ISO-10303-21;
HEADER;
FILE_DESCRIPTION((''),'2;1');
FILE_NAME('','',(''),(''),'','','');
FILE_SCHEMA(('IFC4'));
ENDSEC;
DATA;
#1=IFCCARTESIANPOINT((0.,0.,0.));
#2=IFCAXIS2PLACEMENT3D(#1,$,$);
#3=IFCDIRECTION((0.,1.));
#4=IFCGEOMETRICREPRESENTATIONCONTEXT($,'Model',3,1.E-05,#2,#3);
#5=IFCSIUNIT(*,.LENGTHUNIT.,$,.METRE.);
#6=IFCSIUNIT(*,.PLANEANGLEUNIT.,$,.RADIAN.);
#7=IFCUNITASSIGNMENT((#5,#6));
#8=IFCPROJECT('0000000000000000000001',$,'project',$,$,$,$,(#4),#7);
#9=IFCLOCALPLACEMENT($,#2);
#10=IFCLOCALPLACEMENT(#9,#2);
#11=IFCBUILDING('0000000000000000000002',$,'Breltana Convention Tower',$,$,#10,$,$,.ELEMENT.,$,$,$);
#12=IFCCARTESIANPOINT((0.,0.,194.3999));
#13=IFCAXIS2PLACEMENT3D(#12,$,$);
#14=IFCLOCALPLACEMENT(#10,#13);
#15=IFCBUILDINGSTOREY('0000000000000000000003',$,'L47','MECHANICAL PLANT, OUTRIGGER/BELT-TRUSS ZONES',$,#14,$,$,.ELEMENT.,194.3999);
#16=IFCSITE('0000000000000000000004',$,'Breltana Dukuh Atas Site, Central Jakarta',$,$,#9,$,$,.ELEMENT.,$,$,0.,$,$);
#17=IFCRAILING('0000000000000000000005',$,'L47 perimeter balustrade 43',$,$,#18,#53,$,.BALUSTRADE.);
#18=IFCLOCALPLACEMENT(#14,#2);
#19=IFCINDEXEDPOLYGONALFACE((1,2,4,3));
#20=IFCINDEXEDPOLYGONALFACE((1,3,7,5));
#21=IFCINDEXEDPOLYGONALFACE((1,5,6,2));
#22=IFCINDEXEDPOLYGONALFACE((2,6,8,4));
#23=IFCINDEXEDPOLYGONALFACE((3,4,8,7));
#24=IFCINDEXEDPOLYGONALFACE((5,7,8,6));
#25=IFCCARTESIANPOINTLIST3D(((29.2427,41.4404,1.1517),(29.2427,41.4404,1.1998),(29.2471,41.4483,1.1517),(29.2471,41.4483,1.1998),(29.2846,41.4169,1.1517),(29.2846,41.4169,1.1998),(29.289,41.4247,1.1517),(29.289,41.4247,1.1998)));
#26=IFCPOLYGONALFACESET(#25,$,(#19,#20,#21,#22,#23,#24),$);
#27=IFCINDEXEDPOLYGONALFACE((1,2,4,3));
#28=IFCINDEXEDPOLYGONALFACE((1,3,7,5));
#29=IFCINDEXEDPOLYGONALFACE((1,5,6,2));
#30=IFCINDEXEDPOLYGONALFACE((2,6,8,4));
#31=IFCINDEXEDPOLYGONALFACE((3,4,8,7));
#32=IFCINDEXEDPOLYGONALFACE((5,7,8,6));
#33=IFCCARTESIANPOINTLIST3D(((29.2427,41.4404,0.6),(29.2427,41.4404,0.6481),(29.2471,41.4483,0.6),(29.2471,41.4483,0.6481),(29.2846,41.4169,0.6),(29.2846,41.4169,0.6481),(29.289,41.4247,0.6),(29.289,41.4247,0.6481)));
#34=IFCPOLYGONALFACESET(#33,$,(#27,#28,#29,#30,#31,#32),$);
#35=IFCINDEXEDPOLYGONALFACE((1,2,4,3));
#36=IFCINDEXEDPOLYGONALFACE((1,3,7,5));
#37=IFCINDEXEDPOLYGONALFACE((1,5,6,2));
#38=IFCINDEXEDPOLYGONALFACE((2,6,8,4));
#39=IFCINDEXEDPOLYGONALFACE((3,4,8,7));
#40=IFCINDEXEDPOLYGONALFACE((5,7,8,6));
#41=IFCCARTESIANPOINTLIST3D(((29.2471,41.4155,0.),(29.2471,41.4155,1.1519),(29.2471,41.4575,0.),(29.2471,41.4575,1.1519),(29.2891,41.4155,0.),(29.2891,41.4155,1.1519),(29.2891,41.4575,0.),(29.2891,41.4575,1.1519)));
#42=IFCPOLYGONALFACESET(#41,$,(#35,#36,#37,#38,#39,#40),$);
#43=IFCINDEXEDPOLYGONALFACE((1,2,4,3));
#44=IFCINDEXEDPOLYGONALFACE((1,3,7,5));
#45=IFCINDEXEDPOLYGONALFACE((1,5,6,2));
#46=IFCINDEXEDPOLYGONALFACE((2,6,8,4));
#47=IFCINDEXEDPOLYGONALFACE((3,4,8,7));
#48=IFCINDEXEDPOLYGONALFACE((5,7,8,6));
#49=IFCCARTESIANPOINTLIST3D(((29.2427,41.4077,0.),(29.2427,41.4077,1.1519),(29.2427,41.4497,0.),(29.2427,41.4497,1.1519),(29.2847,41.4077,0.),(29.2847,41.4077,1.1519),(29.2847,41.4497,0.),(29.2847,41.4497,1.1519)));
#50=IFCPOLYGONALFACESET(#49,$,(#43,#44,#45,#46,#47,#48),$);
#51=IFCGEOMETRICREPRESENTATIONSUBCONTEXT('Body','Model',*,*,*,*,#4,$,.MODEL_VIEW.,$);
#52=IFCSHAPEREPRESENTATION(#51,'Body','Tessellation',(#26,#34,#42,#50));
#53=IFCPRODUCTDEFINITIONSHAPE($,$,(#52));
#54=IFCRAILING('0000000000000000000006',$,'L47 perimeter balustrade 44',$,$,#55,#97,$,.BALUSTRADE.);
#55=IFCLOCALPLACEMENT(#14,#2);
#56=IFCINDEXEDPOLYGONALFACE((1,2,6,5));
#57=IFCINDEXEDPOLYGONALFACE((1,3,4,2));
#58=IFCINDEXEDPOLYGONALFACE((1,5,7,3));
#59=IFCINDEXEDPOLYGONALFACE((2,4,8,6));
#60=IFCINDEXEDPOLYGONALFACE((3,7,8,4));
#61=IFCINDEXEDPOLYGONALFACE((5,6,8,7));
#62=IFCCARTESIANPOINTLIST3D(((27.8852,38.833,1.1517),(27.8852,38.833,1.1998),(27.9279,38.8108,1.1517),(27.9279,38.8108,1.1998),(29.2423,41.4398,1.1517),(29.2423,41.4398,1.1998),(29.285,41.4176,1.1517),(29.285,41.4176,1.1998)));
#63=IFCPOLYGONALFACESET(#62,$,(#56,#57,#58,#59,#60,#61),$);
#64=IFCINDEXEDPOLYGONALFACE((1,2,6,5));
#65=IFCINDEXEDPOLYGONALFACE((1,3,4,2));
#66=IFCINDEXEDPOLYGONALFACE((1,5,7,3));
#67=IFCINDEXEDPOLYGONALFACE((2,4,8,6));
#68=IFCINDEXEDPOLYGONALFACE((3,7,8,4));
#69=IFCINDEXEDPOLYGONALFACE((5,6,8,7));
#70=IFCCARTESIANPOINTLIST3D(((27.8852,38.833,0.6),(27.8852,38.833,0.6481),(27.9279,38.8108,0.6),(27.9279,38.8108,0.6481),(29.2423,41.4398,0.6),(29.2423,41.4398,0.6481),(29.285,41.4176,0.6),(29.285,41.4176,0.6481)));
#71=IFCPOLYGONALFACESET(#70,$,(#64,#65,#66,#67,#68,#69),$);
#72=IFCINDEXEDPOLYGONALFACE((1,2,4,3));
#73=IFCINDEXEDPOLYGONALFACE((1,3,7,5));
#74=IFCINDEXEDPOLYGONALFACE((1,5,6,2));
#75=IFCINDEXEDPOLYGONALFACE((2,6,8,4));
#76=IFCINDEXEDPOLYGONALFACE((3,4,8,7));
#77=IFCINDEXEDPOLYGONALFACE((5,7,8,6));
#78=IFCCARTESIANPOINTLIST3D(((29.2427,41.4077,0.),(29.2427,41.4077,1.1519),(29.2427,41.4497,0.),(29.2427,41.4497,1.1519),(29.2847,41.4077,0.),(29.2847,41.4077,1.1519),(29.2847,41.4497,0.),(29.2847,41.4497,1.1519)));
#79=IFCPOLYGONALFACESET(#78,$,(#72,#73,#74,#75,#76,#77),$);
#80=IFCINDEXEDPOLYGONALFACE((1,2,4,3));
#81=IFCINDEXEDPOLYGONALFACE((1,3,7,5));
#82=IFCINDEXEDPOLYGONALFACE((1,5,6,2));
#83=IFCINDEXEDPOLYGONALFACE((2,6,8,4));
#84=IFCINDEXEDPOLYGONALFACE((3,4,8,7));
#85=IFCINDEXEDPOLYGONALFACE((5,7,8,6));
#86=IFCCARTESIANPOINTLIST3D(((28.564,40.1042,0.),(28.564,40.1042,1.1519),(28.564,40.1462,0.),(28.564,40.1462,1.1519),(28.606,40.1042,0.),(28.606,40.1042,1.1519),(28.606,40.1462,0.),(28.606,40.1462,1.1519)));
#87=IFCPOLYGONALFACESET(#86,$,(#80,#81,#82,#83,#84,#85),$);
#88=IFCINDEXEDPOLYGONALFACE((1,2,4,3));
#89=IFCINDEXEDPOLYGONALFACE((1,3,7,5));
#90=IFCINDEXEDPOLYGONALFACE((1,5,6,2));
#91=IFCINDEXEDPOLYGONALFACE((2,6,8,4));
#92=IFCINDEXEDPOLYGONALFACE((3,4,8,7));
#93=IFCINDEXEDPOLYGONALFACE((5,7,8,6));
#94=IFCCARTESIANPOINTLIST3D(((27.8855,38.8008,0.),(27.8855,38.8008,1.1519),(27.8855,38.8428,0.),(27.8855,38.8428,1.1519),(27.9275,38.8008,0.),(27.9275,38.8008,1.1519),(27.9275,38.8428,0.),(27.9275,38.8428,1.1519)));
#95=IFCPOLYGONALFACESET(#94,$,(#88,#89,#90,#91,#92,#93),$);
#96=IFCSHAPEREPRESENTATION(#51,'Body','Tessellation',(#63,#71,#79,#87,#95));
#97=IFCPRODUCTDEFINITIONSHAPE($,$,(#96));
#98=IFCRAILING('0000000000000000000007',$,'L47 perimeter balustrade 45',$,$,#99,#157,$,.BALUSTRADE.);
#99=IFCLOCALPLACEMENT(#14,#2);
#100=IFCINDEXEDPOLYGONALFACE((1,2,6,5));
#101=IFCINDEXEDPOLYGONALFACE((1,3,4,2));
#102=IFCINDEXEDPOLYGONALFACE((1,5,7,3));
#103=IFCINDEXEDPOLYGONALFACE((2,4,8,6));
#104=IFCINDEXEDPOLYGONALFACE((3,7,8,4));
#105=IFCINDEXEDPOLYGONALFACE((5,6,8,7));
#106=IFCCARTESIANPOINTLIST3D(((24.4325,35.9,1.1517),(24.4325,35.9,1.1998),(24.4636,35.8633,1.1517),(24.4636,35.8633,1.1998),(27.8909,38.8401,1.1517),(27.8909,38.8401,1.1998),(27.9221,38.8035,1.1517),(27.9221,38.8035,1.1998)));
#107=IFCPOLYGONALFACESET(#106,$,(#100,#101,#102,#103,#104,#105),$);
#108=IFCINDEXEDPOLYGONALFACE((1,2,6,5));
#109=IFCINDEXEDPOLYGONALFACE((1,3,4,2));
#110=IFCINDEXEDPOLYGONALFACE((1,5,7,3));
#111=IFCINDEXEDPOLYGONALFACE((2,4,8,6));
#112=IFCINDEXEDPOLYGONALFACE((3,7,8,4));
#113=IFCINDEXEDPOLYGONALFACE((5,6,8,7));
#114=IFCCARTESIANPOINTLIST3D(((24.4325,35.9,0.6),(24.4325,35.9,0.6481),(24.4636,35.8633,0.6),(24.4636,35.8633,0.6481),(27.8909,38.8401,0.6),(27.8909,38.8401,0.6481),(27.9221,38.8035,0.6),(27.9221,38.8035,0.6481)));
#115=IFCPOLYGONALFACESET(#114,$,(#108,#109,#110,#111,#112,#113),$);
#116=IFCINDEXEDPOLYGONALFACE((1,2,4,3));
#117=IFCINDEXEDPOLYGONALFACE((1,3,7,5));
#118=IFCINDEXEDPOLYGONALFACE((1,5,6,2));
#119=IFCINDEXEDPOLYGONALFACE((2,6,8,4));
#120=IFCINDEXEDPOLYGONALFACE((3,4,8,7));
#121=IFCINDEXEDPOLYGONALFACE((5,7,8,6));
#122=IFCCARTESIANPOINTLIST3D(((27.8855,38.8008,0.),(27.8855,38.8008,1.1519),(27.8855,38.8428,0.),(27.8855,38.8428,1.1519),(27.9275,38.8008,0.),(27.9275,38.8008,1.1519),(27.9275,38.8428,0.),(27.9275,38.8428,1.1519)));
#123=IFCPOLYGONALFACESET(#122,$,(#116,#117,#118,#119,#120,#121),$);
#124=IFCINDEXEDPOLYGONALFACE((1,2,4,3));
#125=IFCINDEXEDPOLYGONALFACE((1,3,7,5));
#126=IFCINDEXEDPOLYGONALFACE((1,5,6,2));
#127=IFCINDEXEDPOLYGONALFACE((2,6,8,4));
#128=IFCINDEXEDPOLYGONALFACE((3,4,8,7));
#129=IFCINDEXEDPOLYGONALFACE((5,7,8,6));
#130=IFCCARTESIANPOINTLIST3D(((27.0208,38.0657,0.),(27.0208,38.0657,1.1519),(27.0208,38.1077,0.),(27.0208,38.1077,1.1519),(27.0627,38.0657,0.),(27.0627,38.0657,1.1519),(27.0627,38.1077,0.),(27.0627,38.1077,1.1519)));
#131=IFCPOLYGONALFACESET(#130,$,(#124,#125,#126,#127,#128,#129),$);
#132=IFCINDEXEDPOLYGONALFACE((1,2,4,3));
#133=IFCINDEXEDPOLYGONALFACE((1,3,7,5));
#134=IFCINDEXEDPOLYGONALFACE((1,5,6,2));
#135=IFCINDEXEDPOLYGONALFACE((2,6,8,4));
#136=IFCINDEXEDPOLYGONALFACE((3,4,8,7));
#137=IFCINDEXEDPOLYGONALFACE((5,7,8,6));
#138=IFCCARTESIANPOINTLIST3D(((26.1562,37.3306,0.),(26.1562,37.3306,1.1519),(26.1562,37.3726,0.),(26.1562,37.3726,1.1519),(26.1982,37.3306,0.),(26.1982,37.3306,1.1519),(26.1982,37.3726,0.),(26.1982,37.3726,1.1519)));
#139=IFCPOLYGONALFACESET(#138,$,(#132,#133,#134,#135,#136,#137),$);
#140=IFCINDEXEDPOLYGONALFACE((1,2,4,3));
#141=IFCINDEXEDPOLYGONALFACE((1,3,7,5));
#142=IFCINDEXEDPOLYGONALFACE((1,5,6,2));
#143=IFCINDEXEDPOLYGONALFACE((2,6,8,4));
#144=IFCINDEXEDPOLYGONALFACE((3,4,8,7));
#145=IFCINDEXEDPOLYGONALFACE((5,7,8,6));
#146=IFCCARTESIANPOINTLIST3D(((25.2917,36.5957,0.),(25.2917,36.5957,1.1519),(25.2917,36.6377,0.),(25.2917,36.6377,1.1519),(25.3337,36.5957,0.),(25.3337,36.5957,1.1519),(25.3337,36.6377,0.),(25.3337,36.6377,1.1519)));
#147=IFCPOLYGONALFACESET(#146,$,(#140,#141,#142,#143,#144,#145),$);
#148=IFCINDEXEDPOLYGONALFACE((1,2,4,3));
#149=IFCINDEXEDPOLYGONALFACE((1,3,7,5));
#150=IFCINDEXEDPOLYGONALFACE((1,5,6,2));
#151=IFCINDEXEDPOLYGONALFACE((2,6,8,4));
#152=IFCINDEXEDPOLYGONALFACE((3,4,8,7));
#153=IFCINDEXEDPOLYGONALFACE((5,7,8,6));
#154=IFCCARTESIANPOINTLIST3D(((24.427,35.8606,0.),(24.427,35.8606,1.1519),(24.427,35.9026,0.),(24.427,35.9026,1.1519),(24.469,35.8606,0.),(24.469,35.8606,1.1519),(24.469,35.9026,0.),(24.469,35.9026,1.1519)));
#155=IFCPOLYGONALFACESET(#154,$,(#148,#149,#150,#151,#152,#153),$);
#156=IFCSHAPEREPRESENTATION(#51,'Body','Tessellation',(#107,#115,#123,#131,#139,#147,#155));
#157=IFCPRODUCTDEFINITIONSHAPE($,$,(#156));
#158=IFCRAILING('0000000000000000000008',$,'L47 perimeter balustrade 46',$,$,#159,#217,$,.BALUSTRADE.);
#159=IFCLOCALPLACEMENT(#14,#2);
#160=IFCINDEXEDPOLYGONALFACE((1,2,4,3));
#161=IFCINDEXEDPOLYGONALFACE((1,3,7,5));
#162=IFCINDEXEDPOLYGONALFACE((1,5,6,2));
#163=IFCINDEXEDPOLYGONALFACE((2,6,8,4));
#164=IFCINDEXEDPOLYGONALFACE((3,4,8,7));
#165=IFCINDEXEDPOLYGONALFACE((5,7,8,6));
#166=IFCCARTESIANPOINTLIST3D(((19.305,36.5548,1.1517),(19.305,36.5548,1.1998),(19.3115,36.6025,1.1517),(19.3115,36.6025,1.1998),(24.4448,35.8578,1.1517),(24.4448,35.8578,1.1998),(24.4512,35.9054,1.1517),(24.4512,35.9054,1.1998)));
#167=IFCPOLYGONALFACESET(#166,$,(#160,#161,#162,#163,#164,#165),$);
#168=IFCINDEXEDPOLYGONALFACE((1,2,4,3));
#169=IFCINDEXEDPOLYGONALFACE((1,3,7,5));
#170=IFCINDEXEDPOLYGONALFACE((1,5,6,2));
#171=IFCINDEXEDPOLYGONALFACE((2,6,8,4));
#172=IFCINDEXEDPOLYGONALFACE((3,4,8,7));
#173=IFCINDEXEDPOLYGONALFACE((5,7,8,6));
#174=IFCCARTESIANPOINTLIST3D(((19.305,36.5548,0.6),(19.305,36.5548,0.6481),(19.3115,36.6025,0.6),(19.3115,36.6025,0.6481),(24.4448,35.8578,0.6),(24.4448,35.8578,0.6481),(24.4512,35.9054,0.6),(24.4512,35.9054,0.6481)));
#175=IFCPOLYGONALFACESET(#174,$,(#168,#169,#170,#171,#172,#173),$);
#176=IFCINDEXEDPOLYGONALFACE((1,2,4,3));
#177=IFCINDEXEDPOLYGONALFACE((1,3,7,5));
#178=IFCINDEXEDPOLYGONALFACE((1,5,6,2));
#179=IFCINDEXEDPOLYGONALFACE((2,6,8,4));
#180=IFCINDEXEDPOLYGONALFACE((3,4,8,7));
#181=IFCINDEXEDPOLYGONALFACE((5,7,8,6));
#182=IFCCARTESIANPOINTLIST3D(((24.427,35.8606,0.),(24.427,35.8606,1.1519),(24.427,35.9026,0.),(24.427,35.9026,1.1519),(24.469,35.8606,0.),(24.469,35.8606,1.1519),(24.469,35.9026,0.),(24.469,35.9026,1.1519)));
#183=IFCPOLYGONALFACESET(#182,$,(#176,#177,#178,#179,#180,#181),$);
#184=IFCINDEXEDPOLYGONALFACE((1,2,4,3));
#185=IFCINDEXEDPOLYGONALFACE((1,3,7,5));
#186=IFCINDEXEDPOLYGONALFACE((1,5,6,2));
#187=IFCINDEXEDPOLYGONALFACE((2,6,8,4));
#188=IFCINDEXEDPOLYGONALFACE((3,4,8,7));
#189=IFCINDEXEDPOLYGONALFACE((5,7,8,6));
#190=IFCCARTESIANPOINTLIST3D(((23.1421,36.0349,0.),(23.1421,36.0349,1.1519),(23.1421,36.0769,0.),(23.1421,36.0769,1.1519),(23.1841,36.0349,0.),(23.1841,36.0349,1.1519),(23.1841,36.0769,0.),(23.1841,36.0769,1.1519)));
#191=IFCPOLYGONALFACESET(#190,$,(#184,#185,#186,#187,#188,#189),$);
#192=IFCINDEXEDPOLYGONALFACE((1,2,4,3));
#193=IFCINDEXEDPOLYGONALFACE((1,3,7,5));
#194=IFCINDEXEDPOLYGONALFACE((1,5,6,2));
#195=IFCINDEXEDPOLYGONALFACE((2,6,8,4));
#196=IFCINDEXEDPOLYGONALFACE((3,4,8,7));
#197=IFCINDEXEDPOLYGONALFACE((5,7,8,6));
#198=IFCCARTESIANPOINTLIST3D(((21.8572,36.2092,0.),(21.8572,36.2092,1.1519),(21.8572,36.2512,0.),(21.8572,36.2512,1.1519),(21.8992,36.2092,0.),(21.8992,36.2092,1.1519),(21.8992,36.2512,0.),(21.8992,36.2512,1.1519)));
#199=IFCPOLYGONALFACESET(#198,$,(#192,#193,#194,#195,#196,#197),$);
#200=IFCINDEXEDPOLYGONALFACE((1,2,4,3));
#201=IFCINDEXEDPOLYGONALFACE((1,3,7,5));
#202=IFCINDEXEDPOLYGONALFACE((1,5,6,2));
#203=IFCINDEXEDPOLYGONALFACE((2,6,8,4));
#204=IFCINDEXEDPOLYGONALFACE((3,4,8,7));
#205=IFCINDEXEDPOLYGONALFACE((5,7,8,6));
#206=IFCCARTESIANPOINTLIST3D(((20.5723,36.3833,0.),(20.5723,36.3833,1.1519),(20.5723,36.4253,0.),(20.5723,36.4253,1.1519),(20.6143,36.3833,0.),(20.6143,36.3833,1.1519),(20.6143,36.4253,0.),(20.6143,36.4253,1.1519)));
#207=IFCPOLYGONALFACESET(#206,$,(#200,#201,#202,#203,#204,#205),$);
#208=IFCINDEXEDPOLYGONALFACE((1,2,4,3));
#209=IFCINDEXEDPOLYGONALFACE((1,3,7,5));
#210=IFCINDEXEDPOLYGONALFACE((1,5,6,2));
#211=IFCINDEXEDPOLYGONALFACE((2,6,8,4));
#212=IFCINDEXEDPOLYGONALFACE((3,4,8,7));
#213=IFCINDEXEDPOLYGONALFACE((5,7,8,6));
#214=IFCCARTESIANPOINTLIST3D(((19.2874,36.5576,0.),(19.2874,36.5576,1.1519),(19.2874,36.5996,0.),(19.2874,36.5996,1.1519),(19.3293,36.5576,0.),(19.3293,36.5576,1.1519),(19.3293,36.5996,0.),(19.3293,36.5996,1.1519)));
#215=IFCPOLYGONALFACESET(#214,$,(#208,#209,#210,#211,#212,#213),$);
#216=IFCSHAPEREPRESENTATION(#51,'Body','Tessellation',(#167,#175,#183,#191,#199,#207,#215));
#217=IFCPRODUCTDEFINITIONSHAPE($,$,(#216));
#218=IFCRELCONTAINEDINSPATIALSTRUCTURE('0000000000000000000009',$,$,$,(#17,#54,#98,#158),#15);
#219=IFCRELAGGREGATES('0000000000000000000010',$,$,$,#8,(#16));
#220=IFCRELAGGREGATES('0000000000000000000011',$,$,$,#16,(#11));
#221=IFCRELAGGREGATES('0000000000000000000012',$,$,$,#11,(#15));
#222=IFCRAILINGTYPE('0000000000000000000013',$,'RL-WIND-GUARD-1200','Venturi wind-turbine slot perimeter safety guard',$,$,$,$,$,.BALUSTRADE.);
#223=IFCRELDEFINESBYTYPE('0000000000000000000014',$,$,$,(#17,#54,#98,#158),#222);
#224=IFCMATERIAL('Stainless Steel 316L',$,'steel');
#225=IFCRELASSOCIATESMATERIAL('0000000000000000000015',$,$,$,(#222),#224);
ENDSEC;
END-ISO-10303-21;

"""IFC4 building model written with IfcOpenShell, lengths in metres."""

from ifc_helpers import new_model, si_unit, direction, frame, origin, origin_2d, place, context, subcontext, project, spatial, rectangle, extrude, material, type_object, element, save


model = new_model("IFC4")

# Units and contexts
model_context = context("Model", 3, precision=1e-05, world=origin(), true_north=direction((0.0, 1.0)))
body_context = subcontext(model_context, "Body", "Model", "MODEL_VIEW")
ifc_project = project(units=[si_unit("LENGTHUNIT", "METRE"), si_unit("PLANEANGLEUNIT", "RADIAN")], contexts=[model_context])

# Site, building, storey
site_placement = place(None, origin())
site = spatial("IfcSite", under=ifc_project, at=site_placement, Name="Breltana Dukuh Atas Site, Central Jakarta", CompositionType="ELEMENT", RefElevation=0.0)
building_placement = place(site_placement, origin())
building = spatial("IfcBuilding", under=site, at=building_placement, Name="Breltana Convention Tower", CompositionType="ELEMENT")
storey_placement = place(building_placement, frame((0.0, 0.0, 194.3999)))
storey = spatial("IfcBuildingStorey", under=building, at=storey_placement, Name="L47", Description="MECHANICAL PLANT, OUTRIGGER/BELT-TRUSS ZONES", CompositionType="ELEMENT", Elevation=194.3999)

# Railings
ifc_material_1 = material(Name="Stainless Steel 316L", Category="steel")
railing_type = type_object("IfcRailingType", Name="RL-WIND-GUARD-1200", Description="Venturi wind-turbine slot perimeter safety guard", PredefinedType="BALUSTRADE", material=ifc_material_1)
railing_1_placement = place(storey_placement, frame((29.2681, 41.4365, 0.0)))
element("IfcRailing", 1, at=railing_1_placement, inside=storey, type_object=railing_type, Name="L47 perimeter balustrade 43", PredefinedType="BALUSTRADE", context=body_context, shape_type="SweptSolid", body=[
    extrude(rectangle(XDim=0.0481, YDim=0.0481, at=origin_2d()), frame((0.0, 0.0, 1.1758), z_axis=(-0.490261, -0.871576, 0.0), x_axis=(0.871576, -0.490261, 0.0)), (0.0, 0.0, 1.0), 0.009),
    extrude(rectangle(XDim=0.0481, YDim=0.0481, at=origin_2d()), frame((0.0, 0.0, 0.624), z_axis=(-0.490261, -0.871576, 0.0), x_axis=(0.871576, -0.490261, 0.0)), (0.0, 0.0, 1.0), 0.009),
    extrude(rectangle(XDim=0.042, YDim=0.042, at=origin_2d()), origin(), (0.0, 0.0, 1.0), 1.1519),
    extrude(rectangle(XDim=0.042, YDim=0.042, at=origin_2d()), frame((-0.0044, -0.0078, 0.0)), (0.0, 0.0, 1.0), 1.1519),
])
railing_2_placement = place(storey_placement, frame((29.2637, 41.4287, 0.0)))
element("IfcRailing", 2, at=railing_2_placement, inside=storey, type_object=railing_type, Name="L47 perimeter balustrade 44", PredefinedType="BALUSTRADE", context=body_context, shape_type="SweptSolid", body=[
    extrude(rectangle(XDim=0.0481, YDim=0.0481, at=origin_2d()), frame((0.0, 0.0, 1.1758), z_axis=(-0.461774, -0.886998, 0.0), x_axis=(0.886998, -0.461774, 0.0)), (0.0, 0.0, 1.0), 2.939),
    extrude(rectangle(XDim=0.0481, YDim=0.0481, at=origin_2d()), frame((0.0, 0.0, 0.624), z_axis=(-0.461774, -0.886998, 0.0), x_axis=(0.886998, -0.461774, 0.0)), (0.0, 0.0, 1.0), 2.939),
    extrude(rectangle(XDim=0.042, YDim=0.042, at=origin_2d()), origin(), (0.0, 0.0, 1.0), 1.1519),
    extrude(rectangle(XDim=0.042, YDim=0.042, at=origin_2d()), frame((-0.6787, -1.3035, 0.0)), (0.0, 0.0, 1.0), 1.1519),
    extrude(rectangle(XDim=0.042, YDim=0.042, at=origin_2d()), frame((-1.3572, -2.6069, 0.0)), (0.0, 0.0, 1.0), 1.1519),
])
railing_3_placement = place(storey_placement, frame((27.9065, 38.8218, 0.0)))
element("IfcRailing", 3, at=railing_3_placement, inside=storey, type_object=railing_type, Name="L47 perimeter balustrade 45", PredefinedType="BALUSTRADE", context=body_context, shape_type="SweptSolid", body=[
    extrude(rectangle(XDim=0.0481, YDim=0.0481, at=origin_2d()), frame((0.0, 0.0, 1.1758), z_axis=(-0.761889, -0.647708, 0.0), x_axis=(0.647708, -0.761889, 0.0)), (0.0, 0.0, 1.0), 4.5393),
    extrude(rectangle(XDim=0.0481, YDim=0.0481, at=origin_2d()), frame((0.0, 0.0, 0.624), z_axis=(-0.761889, -0.647708, 0.0), x_axis=(0.647708, -0.761889, 0.0)), (0.0, 0.0, 1.0), 4.5393),
    extrude(rectangle(XDim=0.042, YDim=0.042, at=origin_2d()), origin(), (0.0, 0.0, 1.0), 1.1519),
    extrude(rectangle(XDim=0.042, YDim=0.042, at=origin_2d()), frame((-0.8647, -0.7351, 0.0)), (0.0, 0.0, 1.0), 1.1519),
    extrude(rectangle(XDim=0.042, YDim=0.042, at=origin_2d()), frame((-1.7292, -1.4702, 0.0)), (0.0, 0.0, 1.0), 1.1519),
    extrude(rectangle(XDim=0.042, YDim=0.042, at=origin_2d()), frame((-2.5938, -2.2051, 0.0)), (0.0, 0.0, 1.0), 1.1519),
    extrude(rectangle(XDim=0.042, YDim=0.042, at=origin_2d()), frame((-3.4585, -2.9402, 0.0)), (0.0, 0.0, 1.0), 1.1519),
])
railing_4_placement = place(storey_placement, frame((24.448, 35.8816, 0.0)))
element("IfcRailing", 4, at=railing_4_placement, inside=storey, type_object=railing_type, Name="L47 perimeter balustrade 46", PredefinedType="BALUSTRADE", context=body_context, shape_type="SweptSolid", body=[
    extrude(rectangle(XDim=0.0481, YDim=0.0481, at=origin_2d()), frame((0.0, 0.0, 1.1758), z_axis=(-0.990929, 0.134386, 0.0), x_axis=(-0.134386, -0.990929, 0.0)), (0.0, 0.0, 1.0), 5.1868),
    extrude(rectangle(XDim=0.0481, YDim=0.0481, at=origin_2d()), frame((0.0, 0.0, 0.624), z_axis=(-0.990929, 0.134386, 0.0), x_axis=(-0.134386, -0.990929, 0.0)), (0.0, 0.0, 1.0), 5.1868),
    extrude(rectangle(XDim=0.042, YDim=0.042, at=origin_2d()), origin(), (0.0, 0.0, 1.0), 1.1519),
    extrude(rectangle(XDim=0.042, YDim=0.042, at=origin_2d()), frame((-1.2849, 0.1743, 0.0)), (0.0, 0.0, 1.0), 1.1519),
    extrude(rectangle(XDim=0.042, YDim=0.042, at=origin_2d()), frame((-2.5698, 0.3486, 0.0)), (0.0, 0.0, 1.0), 1.1519),
    extrude(rectangle(XDim=0.042, YDim=0.042, at=origin_2d()), frame((-3.8547, 0.5227, 0.0)), (0.0, 0.0, 1.0), 1.1519),
    extrude(rectangle(XDim=0.042, YDim=0.042, at=origin_2d()), frame((-5.1396, 0.697, 0.0)), (0.0, 0.0, 1.0), 1.1519),
])

save(model, "model.ifc")
